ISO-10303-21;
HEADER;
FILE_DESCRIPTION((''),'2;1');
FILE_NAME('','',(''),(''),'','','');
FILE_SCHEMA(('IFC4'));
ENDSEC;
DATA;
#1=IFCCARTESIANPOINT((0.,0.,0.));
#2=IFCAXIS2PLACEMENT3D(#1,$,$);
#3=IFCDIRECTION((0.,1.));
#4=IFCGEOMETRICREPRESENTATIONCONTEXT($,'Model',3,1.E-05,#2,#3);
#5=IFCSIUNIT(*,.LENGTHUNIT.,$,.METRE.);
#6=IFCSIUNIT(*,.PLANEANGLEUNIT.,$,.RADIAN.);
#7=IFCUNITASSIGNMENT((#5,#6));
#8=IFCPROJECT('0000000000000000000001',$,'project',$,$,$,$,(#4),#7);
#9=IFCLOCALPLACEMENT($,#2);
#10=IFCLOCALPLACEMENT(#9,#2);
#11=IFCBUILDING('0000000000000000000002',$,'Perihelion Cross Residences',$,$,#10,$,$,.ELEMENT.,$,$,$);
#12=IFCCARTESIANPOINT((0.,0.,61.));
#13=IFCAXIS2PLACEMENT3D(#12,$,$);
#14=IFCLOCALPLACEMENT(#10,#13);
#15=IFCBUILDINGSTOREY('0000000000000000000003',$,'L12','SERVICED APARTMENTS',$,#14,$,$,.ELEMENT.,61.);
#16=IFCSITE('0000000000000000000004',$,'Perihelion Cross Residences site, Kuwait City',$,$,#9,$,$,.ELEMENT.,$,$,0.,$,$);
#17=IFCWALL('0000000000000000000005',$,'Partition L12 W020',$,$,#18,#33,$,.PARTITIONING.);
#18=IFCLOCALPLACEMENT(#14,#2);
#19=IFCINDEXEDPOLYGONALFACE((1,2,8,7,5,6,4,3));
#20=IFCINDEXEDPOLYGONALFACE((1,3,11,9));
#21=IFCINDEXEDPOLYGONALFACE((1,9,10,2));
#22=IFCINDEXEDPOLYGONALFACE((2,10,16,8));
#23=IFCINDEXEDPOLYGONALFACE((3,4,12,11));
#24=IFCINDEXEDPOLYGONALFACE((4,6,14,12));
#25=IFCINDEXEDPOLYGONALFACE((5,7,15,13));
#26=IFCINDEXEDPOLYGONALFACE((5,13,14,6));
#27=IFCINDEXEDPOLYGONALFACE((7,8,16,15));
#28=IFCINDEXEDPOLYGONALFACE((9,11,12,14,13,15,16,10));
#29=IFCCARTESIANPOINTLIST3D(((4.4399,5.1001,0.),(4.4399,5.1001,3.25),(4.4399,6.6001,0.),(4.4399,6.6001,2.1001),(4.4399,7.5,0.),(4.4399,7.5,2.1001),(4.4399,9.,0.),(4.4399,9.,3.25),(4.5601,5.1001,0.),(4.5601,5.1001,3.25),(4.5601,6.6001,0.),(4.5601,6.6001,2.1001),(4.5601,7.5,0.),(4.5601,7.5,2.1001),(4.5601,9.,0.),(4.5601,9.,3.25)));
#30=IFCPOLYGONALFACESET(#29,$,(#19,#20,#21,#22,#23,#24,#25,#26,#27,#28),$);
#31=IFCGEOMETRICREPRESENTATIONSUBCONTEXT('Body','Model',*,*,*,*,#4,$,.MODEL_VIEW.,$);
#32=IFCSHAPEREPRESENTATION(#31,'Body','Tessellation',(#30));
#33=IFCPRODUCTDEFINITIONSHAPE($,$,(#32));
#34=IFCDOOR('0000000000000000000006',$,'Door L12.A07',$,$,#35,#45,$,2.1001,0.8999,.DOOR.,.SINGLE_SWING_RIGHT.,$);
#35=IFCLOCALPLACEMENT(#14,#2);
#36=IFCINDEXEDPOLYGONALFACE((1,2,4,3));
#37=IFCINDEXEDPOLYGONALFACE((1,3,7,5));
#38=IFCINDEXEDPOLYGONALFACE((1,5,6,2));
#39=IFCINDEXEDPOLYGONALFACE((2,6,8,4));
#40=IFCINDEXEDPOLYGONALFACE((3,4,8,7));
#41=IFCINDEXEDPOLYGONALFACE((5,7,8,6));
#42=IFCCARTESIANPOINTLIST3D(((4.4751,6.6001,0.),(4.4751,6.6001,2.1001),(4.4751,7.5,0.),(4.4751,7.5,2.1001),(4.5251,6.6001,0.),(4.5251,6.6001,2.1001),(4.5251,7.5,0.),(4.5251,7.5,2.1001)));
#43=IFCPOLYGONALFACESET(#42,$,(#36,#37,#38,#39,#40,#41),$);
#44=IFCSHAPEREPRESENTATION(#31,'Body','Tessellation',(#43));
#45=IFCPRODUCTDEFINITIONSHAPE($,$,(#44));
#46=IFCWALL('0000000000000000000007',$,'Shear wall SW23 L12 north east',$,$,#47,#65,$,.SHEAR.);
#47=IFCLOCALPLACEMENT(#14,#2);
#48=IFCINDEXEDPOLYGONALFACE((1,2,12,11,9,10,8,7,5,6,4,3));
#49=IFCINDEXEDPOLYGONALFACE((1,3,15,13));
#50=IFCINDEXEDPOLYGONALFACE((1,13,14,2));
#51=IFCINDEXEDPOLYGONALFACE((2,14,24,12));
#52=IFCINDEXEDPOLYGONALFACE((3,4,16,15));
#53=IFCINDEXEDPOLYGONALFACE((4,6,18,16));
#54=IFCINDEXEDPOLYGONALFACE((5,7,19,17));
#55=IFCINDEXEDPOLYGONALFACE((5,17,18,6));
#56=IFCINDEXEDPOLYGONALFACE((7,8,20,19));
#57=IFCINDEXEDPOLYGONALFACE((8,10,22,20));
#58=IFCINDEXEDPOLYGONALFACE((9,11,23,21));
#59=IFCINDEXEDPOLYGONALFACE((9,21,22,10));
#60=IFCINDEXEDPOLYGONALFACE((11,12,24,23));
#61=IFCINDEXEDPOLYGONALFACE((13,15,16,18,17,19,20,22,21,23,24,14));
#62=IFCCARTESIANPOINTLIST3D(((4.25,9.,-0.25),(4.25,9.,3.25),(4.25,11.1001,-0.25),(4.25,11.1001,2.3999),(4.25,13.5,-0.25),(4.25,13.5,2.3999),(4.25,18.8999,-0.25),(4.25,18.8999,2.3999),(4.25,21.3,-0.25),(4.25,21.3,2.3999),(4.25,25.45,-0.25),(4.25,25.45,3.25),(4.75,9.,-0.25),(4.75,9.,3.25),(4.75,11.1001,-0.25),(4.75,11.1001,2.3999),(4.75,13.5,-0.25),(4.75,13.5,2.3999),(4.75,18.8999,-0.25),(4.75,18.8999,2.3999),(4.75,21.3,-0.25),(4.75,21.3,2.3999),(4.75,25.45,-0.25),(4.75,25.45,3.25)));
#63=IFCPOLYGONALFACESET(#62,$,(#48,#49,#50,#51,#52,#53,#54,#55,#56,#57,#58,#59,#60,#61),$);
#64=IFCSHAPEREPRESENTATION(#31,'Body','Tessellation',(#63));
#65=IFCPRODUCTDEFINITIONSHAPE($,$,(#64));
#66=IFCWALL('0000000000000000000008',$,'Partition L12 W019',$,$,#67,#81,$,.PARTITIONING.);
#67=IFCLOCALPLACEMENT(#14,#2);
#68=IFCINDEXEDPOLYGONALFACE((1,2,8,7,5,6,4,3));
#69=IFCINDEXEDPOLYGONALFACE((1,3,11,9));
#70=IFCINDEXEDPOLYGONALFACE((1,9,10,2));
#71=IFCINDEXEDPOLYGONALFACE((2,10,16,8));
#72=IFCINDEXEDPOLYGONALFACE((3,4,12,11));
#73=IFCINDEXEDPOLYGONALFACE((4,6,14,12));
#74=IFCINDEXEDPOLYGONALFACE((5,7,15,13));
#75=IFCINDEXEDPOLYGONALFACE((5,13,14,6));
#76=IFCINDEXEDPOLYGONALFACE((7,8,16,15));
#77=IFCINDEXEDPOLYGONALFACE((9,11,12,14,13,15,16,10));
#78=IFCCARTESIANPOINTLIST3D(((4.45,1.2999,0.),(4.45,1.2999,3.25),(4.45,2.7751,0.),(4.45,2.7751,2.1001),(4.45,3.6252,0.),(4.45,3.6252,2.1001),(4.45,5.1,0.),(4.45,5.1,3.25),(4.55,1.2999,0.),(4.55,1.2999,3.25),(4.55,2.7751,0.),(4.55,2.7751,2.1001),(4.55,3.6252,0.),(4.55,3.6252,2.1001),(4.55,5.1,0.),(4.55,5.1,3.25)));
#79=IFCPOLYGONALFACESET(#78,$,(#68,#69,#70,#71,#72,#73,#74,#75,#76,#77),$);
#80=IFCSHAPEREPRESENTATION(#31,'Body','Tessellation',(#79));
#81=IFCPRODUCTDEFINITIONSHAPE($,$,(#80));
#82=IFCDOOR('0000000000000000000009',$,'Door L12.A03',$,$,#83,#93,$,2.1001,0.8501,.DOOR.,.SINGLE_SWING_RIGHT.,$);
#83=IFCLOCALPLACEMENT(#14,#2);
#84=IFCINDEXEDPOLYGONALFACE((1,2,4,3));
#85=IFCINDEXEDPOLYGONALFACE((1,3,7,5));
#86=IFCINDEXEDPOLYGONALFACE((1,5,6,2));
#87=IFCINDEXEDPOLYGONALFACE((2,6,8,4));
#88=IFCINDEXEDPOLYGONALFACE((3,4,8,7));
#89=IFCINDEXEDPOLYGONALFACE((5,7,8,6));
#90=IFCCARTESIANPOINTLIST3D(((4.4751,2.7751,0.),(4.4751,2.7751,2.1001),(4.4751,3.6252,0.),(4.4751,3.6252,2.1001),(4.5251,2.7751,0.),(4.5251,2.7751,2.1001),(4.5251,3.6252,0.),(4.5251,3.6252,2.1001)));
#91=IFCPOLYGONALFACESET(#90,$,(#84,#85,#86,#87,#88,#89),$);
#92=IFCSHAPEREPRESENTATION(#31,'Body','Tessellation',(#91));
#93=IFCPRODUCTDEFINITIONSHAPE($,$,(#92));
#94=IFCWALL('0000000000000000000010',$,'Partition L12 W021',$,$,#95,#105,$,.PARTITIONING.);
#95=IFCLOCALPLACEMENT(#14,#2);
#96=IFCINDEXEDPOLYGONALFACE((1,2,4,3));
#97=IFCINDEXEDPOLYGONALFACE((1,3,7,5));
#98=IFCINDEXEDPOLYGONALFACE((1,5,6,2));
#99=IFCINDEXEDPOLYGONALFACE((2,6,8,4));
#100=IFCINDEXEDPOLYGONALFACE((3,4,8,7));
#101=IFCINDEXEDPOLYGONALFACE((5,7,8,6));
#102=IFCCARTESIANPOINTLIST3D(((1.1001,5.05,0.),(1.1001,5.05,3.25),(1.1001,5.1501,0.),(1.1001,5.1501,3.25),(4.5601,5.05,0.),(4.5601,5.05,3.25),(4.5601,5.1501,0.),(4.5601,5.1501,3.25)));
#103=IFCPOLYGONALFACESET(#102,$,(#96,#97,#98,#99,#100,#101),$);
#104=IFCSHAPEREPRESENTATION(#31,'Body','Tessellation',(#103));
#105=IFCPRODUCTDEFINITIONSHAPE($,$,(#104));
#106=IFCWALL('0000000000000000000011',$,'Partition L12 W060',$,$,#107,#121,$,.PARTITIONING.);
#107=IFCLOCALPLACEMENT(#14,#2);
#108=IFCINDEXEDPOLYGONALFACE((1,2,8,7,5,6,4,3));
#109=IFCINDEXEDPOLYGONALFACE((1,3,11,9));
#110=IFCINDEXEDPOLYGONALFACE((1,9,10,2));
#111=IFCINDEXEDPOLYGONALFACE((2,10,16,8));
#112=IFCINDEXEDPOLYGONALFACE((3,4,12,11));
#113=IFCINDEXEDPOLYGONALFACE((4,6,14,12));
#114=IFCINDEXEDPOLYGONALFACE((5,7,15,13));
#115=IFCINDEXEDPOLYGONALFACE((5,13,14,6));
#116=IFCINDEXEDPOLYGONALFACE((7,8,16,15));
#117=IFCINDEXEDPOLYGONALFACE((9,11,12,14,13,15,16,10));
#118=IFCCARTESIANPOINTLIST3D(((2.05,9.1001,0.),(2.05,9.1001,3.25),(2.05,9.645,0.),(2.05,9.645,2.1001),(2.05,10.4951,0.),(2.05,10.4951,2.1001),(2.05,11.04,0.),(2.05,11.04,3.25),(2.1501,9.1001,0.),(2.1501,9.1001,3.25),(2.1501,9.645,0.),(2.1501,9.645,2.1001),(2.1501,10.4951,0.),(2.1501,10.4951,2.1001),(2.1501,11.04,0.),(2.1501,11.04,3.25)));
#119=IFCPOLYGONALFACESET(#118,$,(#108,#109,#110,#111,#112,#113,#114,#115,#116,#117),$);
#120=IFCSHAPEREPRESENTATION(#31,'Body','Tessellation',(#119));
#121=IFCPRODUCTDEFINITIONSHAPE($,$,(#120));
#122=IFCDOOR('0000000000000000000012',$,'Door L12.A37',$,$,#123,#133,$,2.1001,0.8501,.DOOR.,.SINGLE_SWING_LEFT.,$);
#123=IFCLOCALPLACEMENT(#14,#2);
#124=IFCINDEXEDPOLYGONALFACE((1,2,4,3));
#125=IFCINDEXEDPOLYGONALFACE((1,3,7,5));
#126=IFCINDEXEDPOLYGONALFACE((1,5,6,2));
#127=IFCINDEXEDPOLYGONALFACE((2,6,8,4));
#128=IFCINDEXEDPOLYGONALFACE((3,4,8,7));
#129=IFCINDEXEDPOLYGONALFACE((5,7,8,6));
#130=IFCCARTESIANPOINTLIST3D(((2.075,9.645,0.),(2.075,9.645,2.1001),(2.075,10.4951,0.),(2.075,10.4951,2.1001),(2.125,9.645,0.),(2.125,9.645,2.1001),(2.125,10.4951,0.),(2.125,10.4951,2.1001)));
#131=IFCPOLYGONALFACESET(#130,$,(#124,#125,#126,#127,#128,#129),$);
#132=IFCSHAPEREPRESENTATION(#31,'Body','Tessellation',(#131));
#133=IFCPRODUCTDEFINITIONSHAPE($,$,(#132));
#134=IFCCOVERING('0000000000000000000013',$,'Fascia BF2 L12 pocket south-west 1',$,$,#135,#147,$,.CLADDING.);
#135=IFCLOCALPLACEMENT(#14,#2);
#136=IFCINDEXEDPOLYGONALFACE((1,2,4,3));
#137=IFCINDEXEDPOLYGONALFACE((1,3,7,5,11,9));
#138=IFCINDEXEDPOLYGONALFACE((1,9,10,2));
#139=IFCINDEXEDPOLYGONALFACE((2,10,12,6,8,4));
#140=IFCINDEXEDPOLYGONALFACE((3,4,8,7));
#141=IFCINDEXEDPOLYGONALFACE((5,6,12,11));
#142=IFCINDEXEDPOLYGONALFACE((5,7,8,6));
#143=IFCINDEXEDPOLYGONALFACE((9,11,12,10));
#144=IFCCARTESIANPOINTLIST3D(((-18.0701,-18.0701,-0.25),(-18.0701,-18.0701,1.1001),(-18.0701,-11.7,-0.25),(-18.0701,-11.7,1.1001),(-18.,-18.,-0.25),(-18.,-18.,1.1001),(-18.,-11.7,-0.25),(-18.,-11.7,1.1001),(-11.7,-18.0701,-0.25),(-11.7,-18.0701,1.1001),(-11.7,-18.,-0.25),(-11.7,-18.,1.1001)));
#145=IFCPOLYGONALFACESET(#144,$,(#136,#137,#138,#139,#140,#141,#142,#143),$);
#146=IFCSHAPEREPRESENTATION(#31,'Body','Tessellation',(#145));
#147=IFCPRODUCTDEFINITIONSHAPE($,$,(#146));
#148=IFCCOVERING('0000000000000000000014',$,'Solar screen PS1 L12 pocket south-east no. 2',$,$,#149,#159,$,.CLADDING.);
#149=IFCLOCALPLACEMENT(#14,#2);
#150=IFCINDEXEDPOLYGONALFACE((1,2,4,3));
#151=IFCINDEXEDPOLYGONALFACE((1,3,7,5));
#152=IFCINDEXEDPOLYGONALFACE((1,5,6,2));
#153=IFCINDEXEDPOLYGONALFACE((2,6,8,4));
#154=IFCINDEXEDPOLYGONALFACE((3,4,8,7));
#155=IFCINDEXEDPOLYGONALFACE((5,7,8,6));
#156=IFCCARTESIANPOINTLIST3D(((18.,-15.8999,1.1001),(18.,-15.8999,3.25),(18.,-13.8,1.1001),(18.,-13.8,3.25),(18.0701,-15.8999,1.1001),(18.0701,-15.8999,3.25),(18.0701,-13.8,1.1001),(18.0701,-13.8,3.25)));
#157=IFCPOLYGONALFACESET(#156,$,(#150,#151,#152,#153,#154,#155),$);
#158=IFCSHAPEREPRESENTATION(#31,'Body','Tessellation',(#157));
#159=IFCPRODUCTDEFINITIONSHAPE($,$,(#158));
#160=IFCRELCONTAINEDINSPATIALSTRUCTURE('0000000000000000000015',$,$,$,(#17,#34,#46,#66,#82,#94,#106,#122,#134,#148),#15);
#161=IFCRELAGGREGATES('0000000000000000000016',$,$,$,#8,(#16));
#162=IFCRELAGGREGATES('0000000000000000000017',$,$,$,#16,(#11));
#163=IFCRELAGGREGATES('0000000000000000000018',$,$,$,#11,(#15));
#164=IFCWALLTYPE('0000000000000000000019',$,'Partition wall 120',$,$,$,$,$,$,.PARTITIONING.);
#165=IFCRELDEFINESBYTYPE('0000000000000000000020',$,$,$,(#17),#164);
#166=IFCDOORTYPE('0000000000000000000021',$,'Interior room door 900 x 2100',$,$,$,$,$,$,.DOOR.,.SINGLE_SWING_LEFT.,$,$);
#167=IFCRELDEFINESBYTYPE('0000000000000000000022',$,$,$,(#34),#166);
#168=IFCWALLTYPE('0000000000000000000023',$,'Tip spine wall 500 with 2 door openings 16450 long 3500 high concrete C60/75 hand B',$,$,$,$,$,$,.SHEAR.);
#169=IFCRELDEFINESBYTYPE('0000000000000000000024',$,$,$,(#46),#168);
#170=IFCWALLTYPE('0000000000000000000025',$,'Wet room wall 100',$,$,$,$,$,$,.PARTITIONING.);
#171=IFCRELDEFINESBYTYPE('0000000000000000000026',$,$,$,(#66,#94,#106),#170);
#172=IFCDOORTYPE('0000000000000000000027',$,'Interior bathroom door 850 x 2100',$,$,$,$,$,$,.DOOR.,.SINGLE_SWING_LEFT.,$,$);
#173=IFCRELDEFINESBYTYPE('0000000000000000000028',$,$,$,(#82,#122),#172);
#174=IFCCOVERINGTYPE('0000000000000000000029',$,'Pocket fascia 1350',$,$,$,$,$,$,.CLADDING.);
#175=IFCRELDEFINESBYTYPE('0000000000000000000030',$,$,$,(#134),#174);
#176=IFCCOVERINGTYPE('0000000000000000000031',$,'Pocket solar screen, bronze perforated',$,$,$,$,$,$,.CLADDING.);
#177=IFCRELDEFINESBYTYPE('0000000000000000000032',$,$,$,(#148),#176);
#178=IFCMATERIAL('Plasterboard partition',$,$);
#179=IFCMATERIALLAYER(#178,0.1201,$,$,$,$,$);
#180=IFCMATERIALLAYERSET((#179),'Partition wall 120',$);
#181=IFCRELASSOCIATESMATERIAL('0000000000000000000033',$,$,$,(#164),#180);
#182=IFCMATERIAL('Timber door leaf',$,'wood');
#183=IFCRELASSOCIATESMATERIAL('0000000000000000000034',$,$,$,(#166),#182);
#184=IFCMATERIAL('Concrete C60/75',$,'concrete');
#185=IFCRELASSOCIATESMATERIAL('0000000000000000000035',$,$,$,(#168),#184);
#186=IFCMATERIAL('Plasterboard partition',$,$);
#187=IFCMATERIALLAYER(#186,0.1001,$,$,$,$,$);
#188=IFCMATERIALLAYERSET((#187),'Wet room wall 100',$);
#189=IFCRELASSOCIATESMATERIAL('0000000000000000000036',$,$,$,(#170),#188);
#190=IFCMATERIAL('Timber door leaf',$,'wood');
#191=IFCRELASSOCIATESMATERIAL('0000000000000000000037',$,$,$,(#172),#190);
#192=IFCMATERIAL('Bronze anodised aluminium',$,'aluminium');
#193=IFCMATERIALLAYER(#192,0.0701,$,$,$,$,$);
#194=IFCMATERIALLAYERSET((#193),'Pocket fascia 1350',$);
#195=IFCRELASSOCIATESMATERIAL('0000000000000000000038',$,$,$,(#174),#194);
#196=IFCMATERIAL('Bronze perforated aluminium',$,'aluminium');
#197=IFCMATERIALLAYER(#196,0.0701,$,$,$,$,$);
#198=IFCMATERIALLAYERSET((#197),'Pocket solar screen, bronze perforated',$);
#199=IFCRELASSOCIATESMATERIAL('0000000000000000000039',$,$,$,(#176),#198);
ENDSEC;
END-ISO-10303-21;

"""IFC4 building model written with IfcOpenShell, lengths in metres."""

from ifc_helpers import new_model, si_unit, direction, frame, frame_2d, origin, place, context, subcontext, project, spatial, polyline, rectangle, outline, extrude, material, layer, layer_set, material_profile, profile_set, type_object, element, fill, save


model = new_model("IFC4")

# Units and contexts
model_context = context("Model", 3, precision=1e-05, world=origin(), true_north=direction((0.0, 1.0)))
body_context = subcontext(model_context, "Body", "Model", "MODEL_VIEW")
ifc_project = project(units=[si_unit("LENGTHUNIT", "METRE"), si_unit("PLANEANGLEUNIT", "RADIAN")], contexts=[model_context])

# Site, building, storey
site_placement = place(None, origin())
site = spatial("IfcSite", under=ifc_project, at=site_placement, Name="Perihelion Cross Residences site, Kuwait City", CompositionType="ELEMENT", RefElevation=0.0)
building_placement = place(site_placement, origin())
building = spatial("IfcBuilding", under=site, at=building_placement, Name="Perihelion Cross Residences", CompositionType="ELEMENT")
storey_placement = place(building_placement, frame((0.0, 0.0, 61.0)))
storey = spatial("IfcBuildingStorey", under=building, at=storey_placement, Name="L12", Description="SERVICED APARTMENTS", CompositionType="ELEMENT", Elevation=61.0)

# Wall, opening, door
ifc_material_1 = material(Name="Plasterboard partition")
ifc_layer_1 = layer(ifc_material_1, 0.1201)
ifc_layer_set_1 = layer_set([ifc_layer_1], Name="Partition wall 120")
wall_type_1 = type_object("IfcWallType", Name="Partition wall 120", PredefinedType="PARTITIONING", material=ifc_layer_set_1)
wall_1_placement = place(storey_placement, frame((4.5, 5.1001, 0.0), z_axis=(0.0, 0.0, 1.0), x_axis=(0.0, 1.0, 0.0)))
wall_1 = element("IfcWall", 1, at=wall_1_placement, inside=storey, type_object=wall_type_1, Name="Partition L12 W020", PredefinedType="PARTITIONING", context=body_context, shape_type="SweptSolid", body=[
    extrude(rectangle(XDim=3.8999, YDim=0.1201, at=frame_2d((1.95, 0.0))), origin(), (0.0, 0.0, 1.0), 3.25),
])
opening_1_placement = place(wall_1_placement, frame((1.5, 0.0, 0.0)))
opening_1 = element("IfcOpeningElement", 2, at=opening_1_placement, cuts=wall_1, PredefinedType="OPENING", context=body_context, shape_type="SweptSolid", body=[
    extrude(rectangle(XDim=0.8999, YDim=2.1001, at=frame_2d((0.45, 1.05))), frame((0.0, 0.0701, 0.0), z_axis=(0.0, -1.0, 0.0), x_axis=(1.0, 0.0, 0.0)), (0.0, 0.0, 1.0), 0.1401),
])
ifc_material_2 = material(Name="Timber door leaf", Category="wood")
door_type_1 = type_object("IfcDoorType", Name="Interior room door 900 x 2100", OperationType="SINGLE_SWING_LEFT", PredefinedType="DOOR", material=ifc_material_2)
door_1_placement = place(opening_1_placement, origin())
door_1 = element("IfcDoor", 3, at=door_1_placement, inside=storey, type_object=door_type_1, Name="Door L12.A07", OperationType="SINGLE_SWING_RIGHT", OverallHeight=2.1001, OverallWidth=0.8999, PredefinedType="DOOR", context=body_context, shape_type="SweptSolid", body=[
    extrude(rectangle(XDim=0.8999, YDim=2.1001, at=frame_2d((0.45, 1.05))), frame((0.0, 0.0249, 0.0), z_axis=(0.0, -1.0, 0.0), x_axis=(1.0, 0.0, 0.0)), (0.0, 0.0, 1.0), 0.05),
])
fill(opening_1, door_1)

# Wall
ifc_material_3 = material(Name="Concrete C60/75", Category="concrete")
ifc_material_profile_1 = material_profile(ifc_material_3, outline(polyline([(0.0, 0.0), (2.1001, 0.0), (2.1001, 2.6499), (4.5, 2.6499), (4.5, 0.0), (9.8999, 0.0), (9.8999, 2.6499), (12.3, 2.6499), (12.3, 0.0), (16.45, 0.0), (16.45, 3.5), (0.0, 3.5), (0.0, 0.0)])), Name="Tip spine wall")
ifc_profile_set_1 = profile_set([ifc_material_profile_1], Name="Concrete C60/75")
wall_type_2 = type_object("IfcWallType", Name="Tip spine wall 500 with 2 door openings 16450 long 3500 high concrete C60/75 hand B", PredefinedType="SHEAR", material=ifc_profile_set_1)
wall_2_placement = place(storey_placement, frame((4.25, 9.0, -0.25), z_axis=(1.0, 0.0, 0.0), x_axis=(0.0, 1.0, 0.0)))
element("IfcWall", 4, at=wall_2_placement, inside=storey, type_object=wall_type_2, Name="Shear wall SW23 L12 north east", PredefinedType="SHEAR", context=body_context, shape_type="SweptSolid", body=[
    extrude(outline(polyline([(0.0, 0.0), (2.1001, 0.0), (2.1001, 2.6499), (4.5, 2.6499), (4.5, 0.0), (9.8999, 0.0), (9.8999, 2.6499), (12.3, 2.6499), (12.3, 0.0), (16.45, 0.0), (16.45, 3.5), (0.0, 3.5), (0.0, 0.0)])), origin(), (0.0, 0.0, 1.0), 0.5),
])

# Wall, opening, door
ifc_material_4 = material(Name="Plasterboard partition")
ifc_layer_2 = layer(ifc_material_4, 0.1001)
ifc_layer_set_2 = layer_set([ifc_layer_2], Name="Wet room wall 100")
wall_type_3 = type_object("IfcWallType", Name="Wet room wall 100", PredefinedType="PARTITIONING", material=ifc_layer_set_2)
wall_3_placement = place(storey_placement, frame((4.5, 1.3, 0.0), z_axis=(0.0, 0.0, 1.0), x_axis=(0.0, 1.0, 0.0)))
wall_3 = element("IfcWall", 5, at=wall_3_placement, inside=storey, type_object=wall_type_3, Name="Partition L12 W019", PredefinedType="PARTITIONING", context=body_context, shape_type="SweptSolid", body=[
    extrude(rectangle(XDim=3.8, YDim=0.1001, at=frame_2d((1.8999, 0.0))), origin(), (0.0, 0.0, 1.0), 3.25),
])
opening_2_placement = place(wall_3_placement, frame((1.4751, 0.0, 0.0)))
opening_2 = element("IfcOpeningElement", 6, at=opening_2_placement, cuts=wall_3, PredefinedType="OPENING", context=body_context, shape_type="SweptSolid", body=[
    extrude(rectangle(XDim=0.8501, YDim=2.1001, at=frame_2d((0.425, 1.05))), frame((0.0, 0.0601, 0.0), z_axis=(0.0, -1.0, 0.0), x_axis=(1.0, 0.0, 0.0)), (0.0, 0.0, 1.0), 0.1201),
])
ifc_material_5 = material(Name="Timber door leaf", Category="wood")
door_type_2 = type_object("IfcDoorType", Name="Interior bathroom door 850 x 2100", OperationType="SINGLE_SWING_LEFT", PredefinedType="DOOR", material=ifc_material_5)
door_2_placement = place(opening_2_placement, origin())
door_2 = element("IfcDoor", 7, at=door_2_placement, inside=storey, type_object=door_type_2, Name="Door L12.A03", OperationType="SINGLE_SWING_RIGHT", OverallHeight=2.1001, OverallWidth=0.8501, PredefinedType="DOOR", context=body_context, shape_type="SweptSolid", body=[
    extrude(rectangle(XDim=0.8501, YDim=2.1001, at=frame_2d((0.425, 1.05))), frame((0.0, 0.0249, 0.0), z_axis=(0.0, -1.0, 0.0), x_axis=(1.0, 0.0, 0.0)), (0.0, 0.0, 1.0), 0.05),
])
fill(opening_2, door_2)

# Wall
wall_4_placement = place(storey_placement, frame((1.1001, 5.1001, 0.0), z_axis=(0.0, 0.0, 1.0), x_axis=(1.0, 0.0, 0.0)))
element("IfcWall", 8, at=wall_4_placement, inside=storey, type_object=wall_type_3, Name="Partition L12 W021", PredefinedType="PARTITIONING", context=body_context, shape_type="SweptSolid", body=[
    extrude(rectangle(XDim=3.46, YDim=0.1001, at=frame_2d((1.73, 0.0))), origin(), (0.0, 0.0, 1.0), 3.25),
])

# Wall, opening, door
wall_5_placement = place(storey_placement, frame((2.1001, 11.04, 0.0), z_axis=(0.0, 0.0, 1.0), x_axis=(0.0, -1.0, 0.0)))
wall_5 = element("IfcWall", 9, at=wall_5_placement, inside=storey, type_object=wall_type_3, Name="Partition L12 W060", PredefinedType="PARTITIONING", context=body_context, shape_type="SweptSolid", body=[
    extrude(rectangle(XDim=1.9399, YDim=0.1001, at=frame_2d((0.97, 0.0))), origin(), (0.0, 0.0, 1.0), 3.25),
])
opening_3_placement = place(wall_5_placement, frame((0.5449, 0.0, 0.0)))
opening_3 = element("IfcOpeningElement", 10, at=opening_3_placement, cuts=wall_5, PredefinedType="OPENING", context=body_context, shape_type="SweptSolid", body=[
    extrude(rectangle(XDim=0.8501, YDim=2.1001, at=frame_2d((0.425, 1.05))), frame((0.0, 0.0601, 0.0), z_axis=(0.0, -1.0, 0.0), x_axis=(1.0, 0.0, 0.0)), (0.0, 0.0, 1.0), 0.1201),
])
door_3_placement = place(opening_3_placement, origin())
door_3 = element("IfcDoor", 11, at=door_3_placement, inside=storey, type_object=door_type_2, Name="Door L12.A37", OperationType="SINGLE_SWING_LEFT", OverallHeight=2.1001, OverallWidth=0.8501, PredefinedType="DOOR", context=body_context, shape_type="SweptSolid", body=[
    extrude(rectangle(XDim=0.8501, YDim=2.1001, at=frame_2d((0.425, 1.05))), frame((0.0, 0.0249, 0.0), z_axis=(0.0, -1.0, 0.0), x_axis=(1.0, 0.0, 0.0)), (0.0, 0.0, 1.0), 0.05),
])
fill(opening_3, door_3)

# Coverings
ifc_material_6 = material(Name="Bronze anodised aluminium", Category="aluminium")
ifc_layer_3 = layer(ifc_material_6, 0.0701)
ifc_layer_set_3 = layer_set([ifc_layer_3], Name="Pocket fascia 1350")
covering_type_1 = type_object("IfcCoveringType", Name="Pocket fascia 1350", PredefinedType="CLADDING", material=ifc_layer_set_3)
covering_1_placement = place(storey_placement, frame((0.0, 0.0, -0.25)))
element("IfcCovering", 12, at=covering_1_placement, inside=storey, type_object=covering_type_1, Name="Fascia BF2 L12 pocket south-west 1", PredefinedType="CLADDING", context=body_context, shape_type="SweptSolid", body=[
    extrude(outline(polyline([(-18.0701, -11.7), (-18.0701, -18.0701), (-11.7, -18.0701), (-11.7, -18.0), (-18.0, -18.0), (-18.0, -11.7), (-18.0701, -11.7)])), origin(), (0.0, 0.0, 1.0), 1.3501),
])
ifc_material_7 = material(Name="Bronze perforated aluminium", Category="aluminium")
ifc_layer_4 = layer(ifc_material_7, 0.0701)
ifc_layer_set_4 = layer_set([ifc_layer_4], Name="Pocket solar screen, bronze perforated")
covering_type_2 = type_object("IfcCoveringType", Name="Pocket solar screen, bronze perforated", PredefinedType="CLADDING", material=ifc_layer_set_4)
covering_2_placement = place(storey_placement, frame((0.0, 0.0, 1.1001)))
element("IfcCovering", 13, at=covering_2_placement, inside=storey, type_object=covering_type_2, Name="Solar screen PS1 L12 pocket south-east no. 2", PredefinedType="CLADDING", context=body_context, shape_type="SweptSolid", body=[
    extrude(outline(polyline([(18.0701, -15.8999), (18.0701, -13.8), (18.0, -13.8), (18.0, -15.8999), (18.0701, -15.8999)])), origin(), (0.0, 0.0, 1.0), 2.1499),
])

save(model, "model.ifc")
